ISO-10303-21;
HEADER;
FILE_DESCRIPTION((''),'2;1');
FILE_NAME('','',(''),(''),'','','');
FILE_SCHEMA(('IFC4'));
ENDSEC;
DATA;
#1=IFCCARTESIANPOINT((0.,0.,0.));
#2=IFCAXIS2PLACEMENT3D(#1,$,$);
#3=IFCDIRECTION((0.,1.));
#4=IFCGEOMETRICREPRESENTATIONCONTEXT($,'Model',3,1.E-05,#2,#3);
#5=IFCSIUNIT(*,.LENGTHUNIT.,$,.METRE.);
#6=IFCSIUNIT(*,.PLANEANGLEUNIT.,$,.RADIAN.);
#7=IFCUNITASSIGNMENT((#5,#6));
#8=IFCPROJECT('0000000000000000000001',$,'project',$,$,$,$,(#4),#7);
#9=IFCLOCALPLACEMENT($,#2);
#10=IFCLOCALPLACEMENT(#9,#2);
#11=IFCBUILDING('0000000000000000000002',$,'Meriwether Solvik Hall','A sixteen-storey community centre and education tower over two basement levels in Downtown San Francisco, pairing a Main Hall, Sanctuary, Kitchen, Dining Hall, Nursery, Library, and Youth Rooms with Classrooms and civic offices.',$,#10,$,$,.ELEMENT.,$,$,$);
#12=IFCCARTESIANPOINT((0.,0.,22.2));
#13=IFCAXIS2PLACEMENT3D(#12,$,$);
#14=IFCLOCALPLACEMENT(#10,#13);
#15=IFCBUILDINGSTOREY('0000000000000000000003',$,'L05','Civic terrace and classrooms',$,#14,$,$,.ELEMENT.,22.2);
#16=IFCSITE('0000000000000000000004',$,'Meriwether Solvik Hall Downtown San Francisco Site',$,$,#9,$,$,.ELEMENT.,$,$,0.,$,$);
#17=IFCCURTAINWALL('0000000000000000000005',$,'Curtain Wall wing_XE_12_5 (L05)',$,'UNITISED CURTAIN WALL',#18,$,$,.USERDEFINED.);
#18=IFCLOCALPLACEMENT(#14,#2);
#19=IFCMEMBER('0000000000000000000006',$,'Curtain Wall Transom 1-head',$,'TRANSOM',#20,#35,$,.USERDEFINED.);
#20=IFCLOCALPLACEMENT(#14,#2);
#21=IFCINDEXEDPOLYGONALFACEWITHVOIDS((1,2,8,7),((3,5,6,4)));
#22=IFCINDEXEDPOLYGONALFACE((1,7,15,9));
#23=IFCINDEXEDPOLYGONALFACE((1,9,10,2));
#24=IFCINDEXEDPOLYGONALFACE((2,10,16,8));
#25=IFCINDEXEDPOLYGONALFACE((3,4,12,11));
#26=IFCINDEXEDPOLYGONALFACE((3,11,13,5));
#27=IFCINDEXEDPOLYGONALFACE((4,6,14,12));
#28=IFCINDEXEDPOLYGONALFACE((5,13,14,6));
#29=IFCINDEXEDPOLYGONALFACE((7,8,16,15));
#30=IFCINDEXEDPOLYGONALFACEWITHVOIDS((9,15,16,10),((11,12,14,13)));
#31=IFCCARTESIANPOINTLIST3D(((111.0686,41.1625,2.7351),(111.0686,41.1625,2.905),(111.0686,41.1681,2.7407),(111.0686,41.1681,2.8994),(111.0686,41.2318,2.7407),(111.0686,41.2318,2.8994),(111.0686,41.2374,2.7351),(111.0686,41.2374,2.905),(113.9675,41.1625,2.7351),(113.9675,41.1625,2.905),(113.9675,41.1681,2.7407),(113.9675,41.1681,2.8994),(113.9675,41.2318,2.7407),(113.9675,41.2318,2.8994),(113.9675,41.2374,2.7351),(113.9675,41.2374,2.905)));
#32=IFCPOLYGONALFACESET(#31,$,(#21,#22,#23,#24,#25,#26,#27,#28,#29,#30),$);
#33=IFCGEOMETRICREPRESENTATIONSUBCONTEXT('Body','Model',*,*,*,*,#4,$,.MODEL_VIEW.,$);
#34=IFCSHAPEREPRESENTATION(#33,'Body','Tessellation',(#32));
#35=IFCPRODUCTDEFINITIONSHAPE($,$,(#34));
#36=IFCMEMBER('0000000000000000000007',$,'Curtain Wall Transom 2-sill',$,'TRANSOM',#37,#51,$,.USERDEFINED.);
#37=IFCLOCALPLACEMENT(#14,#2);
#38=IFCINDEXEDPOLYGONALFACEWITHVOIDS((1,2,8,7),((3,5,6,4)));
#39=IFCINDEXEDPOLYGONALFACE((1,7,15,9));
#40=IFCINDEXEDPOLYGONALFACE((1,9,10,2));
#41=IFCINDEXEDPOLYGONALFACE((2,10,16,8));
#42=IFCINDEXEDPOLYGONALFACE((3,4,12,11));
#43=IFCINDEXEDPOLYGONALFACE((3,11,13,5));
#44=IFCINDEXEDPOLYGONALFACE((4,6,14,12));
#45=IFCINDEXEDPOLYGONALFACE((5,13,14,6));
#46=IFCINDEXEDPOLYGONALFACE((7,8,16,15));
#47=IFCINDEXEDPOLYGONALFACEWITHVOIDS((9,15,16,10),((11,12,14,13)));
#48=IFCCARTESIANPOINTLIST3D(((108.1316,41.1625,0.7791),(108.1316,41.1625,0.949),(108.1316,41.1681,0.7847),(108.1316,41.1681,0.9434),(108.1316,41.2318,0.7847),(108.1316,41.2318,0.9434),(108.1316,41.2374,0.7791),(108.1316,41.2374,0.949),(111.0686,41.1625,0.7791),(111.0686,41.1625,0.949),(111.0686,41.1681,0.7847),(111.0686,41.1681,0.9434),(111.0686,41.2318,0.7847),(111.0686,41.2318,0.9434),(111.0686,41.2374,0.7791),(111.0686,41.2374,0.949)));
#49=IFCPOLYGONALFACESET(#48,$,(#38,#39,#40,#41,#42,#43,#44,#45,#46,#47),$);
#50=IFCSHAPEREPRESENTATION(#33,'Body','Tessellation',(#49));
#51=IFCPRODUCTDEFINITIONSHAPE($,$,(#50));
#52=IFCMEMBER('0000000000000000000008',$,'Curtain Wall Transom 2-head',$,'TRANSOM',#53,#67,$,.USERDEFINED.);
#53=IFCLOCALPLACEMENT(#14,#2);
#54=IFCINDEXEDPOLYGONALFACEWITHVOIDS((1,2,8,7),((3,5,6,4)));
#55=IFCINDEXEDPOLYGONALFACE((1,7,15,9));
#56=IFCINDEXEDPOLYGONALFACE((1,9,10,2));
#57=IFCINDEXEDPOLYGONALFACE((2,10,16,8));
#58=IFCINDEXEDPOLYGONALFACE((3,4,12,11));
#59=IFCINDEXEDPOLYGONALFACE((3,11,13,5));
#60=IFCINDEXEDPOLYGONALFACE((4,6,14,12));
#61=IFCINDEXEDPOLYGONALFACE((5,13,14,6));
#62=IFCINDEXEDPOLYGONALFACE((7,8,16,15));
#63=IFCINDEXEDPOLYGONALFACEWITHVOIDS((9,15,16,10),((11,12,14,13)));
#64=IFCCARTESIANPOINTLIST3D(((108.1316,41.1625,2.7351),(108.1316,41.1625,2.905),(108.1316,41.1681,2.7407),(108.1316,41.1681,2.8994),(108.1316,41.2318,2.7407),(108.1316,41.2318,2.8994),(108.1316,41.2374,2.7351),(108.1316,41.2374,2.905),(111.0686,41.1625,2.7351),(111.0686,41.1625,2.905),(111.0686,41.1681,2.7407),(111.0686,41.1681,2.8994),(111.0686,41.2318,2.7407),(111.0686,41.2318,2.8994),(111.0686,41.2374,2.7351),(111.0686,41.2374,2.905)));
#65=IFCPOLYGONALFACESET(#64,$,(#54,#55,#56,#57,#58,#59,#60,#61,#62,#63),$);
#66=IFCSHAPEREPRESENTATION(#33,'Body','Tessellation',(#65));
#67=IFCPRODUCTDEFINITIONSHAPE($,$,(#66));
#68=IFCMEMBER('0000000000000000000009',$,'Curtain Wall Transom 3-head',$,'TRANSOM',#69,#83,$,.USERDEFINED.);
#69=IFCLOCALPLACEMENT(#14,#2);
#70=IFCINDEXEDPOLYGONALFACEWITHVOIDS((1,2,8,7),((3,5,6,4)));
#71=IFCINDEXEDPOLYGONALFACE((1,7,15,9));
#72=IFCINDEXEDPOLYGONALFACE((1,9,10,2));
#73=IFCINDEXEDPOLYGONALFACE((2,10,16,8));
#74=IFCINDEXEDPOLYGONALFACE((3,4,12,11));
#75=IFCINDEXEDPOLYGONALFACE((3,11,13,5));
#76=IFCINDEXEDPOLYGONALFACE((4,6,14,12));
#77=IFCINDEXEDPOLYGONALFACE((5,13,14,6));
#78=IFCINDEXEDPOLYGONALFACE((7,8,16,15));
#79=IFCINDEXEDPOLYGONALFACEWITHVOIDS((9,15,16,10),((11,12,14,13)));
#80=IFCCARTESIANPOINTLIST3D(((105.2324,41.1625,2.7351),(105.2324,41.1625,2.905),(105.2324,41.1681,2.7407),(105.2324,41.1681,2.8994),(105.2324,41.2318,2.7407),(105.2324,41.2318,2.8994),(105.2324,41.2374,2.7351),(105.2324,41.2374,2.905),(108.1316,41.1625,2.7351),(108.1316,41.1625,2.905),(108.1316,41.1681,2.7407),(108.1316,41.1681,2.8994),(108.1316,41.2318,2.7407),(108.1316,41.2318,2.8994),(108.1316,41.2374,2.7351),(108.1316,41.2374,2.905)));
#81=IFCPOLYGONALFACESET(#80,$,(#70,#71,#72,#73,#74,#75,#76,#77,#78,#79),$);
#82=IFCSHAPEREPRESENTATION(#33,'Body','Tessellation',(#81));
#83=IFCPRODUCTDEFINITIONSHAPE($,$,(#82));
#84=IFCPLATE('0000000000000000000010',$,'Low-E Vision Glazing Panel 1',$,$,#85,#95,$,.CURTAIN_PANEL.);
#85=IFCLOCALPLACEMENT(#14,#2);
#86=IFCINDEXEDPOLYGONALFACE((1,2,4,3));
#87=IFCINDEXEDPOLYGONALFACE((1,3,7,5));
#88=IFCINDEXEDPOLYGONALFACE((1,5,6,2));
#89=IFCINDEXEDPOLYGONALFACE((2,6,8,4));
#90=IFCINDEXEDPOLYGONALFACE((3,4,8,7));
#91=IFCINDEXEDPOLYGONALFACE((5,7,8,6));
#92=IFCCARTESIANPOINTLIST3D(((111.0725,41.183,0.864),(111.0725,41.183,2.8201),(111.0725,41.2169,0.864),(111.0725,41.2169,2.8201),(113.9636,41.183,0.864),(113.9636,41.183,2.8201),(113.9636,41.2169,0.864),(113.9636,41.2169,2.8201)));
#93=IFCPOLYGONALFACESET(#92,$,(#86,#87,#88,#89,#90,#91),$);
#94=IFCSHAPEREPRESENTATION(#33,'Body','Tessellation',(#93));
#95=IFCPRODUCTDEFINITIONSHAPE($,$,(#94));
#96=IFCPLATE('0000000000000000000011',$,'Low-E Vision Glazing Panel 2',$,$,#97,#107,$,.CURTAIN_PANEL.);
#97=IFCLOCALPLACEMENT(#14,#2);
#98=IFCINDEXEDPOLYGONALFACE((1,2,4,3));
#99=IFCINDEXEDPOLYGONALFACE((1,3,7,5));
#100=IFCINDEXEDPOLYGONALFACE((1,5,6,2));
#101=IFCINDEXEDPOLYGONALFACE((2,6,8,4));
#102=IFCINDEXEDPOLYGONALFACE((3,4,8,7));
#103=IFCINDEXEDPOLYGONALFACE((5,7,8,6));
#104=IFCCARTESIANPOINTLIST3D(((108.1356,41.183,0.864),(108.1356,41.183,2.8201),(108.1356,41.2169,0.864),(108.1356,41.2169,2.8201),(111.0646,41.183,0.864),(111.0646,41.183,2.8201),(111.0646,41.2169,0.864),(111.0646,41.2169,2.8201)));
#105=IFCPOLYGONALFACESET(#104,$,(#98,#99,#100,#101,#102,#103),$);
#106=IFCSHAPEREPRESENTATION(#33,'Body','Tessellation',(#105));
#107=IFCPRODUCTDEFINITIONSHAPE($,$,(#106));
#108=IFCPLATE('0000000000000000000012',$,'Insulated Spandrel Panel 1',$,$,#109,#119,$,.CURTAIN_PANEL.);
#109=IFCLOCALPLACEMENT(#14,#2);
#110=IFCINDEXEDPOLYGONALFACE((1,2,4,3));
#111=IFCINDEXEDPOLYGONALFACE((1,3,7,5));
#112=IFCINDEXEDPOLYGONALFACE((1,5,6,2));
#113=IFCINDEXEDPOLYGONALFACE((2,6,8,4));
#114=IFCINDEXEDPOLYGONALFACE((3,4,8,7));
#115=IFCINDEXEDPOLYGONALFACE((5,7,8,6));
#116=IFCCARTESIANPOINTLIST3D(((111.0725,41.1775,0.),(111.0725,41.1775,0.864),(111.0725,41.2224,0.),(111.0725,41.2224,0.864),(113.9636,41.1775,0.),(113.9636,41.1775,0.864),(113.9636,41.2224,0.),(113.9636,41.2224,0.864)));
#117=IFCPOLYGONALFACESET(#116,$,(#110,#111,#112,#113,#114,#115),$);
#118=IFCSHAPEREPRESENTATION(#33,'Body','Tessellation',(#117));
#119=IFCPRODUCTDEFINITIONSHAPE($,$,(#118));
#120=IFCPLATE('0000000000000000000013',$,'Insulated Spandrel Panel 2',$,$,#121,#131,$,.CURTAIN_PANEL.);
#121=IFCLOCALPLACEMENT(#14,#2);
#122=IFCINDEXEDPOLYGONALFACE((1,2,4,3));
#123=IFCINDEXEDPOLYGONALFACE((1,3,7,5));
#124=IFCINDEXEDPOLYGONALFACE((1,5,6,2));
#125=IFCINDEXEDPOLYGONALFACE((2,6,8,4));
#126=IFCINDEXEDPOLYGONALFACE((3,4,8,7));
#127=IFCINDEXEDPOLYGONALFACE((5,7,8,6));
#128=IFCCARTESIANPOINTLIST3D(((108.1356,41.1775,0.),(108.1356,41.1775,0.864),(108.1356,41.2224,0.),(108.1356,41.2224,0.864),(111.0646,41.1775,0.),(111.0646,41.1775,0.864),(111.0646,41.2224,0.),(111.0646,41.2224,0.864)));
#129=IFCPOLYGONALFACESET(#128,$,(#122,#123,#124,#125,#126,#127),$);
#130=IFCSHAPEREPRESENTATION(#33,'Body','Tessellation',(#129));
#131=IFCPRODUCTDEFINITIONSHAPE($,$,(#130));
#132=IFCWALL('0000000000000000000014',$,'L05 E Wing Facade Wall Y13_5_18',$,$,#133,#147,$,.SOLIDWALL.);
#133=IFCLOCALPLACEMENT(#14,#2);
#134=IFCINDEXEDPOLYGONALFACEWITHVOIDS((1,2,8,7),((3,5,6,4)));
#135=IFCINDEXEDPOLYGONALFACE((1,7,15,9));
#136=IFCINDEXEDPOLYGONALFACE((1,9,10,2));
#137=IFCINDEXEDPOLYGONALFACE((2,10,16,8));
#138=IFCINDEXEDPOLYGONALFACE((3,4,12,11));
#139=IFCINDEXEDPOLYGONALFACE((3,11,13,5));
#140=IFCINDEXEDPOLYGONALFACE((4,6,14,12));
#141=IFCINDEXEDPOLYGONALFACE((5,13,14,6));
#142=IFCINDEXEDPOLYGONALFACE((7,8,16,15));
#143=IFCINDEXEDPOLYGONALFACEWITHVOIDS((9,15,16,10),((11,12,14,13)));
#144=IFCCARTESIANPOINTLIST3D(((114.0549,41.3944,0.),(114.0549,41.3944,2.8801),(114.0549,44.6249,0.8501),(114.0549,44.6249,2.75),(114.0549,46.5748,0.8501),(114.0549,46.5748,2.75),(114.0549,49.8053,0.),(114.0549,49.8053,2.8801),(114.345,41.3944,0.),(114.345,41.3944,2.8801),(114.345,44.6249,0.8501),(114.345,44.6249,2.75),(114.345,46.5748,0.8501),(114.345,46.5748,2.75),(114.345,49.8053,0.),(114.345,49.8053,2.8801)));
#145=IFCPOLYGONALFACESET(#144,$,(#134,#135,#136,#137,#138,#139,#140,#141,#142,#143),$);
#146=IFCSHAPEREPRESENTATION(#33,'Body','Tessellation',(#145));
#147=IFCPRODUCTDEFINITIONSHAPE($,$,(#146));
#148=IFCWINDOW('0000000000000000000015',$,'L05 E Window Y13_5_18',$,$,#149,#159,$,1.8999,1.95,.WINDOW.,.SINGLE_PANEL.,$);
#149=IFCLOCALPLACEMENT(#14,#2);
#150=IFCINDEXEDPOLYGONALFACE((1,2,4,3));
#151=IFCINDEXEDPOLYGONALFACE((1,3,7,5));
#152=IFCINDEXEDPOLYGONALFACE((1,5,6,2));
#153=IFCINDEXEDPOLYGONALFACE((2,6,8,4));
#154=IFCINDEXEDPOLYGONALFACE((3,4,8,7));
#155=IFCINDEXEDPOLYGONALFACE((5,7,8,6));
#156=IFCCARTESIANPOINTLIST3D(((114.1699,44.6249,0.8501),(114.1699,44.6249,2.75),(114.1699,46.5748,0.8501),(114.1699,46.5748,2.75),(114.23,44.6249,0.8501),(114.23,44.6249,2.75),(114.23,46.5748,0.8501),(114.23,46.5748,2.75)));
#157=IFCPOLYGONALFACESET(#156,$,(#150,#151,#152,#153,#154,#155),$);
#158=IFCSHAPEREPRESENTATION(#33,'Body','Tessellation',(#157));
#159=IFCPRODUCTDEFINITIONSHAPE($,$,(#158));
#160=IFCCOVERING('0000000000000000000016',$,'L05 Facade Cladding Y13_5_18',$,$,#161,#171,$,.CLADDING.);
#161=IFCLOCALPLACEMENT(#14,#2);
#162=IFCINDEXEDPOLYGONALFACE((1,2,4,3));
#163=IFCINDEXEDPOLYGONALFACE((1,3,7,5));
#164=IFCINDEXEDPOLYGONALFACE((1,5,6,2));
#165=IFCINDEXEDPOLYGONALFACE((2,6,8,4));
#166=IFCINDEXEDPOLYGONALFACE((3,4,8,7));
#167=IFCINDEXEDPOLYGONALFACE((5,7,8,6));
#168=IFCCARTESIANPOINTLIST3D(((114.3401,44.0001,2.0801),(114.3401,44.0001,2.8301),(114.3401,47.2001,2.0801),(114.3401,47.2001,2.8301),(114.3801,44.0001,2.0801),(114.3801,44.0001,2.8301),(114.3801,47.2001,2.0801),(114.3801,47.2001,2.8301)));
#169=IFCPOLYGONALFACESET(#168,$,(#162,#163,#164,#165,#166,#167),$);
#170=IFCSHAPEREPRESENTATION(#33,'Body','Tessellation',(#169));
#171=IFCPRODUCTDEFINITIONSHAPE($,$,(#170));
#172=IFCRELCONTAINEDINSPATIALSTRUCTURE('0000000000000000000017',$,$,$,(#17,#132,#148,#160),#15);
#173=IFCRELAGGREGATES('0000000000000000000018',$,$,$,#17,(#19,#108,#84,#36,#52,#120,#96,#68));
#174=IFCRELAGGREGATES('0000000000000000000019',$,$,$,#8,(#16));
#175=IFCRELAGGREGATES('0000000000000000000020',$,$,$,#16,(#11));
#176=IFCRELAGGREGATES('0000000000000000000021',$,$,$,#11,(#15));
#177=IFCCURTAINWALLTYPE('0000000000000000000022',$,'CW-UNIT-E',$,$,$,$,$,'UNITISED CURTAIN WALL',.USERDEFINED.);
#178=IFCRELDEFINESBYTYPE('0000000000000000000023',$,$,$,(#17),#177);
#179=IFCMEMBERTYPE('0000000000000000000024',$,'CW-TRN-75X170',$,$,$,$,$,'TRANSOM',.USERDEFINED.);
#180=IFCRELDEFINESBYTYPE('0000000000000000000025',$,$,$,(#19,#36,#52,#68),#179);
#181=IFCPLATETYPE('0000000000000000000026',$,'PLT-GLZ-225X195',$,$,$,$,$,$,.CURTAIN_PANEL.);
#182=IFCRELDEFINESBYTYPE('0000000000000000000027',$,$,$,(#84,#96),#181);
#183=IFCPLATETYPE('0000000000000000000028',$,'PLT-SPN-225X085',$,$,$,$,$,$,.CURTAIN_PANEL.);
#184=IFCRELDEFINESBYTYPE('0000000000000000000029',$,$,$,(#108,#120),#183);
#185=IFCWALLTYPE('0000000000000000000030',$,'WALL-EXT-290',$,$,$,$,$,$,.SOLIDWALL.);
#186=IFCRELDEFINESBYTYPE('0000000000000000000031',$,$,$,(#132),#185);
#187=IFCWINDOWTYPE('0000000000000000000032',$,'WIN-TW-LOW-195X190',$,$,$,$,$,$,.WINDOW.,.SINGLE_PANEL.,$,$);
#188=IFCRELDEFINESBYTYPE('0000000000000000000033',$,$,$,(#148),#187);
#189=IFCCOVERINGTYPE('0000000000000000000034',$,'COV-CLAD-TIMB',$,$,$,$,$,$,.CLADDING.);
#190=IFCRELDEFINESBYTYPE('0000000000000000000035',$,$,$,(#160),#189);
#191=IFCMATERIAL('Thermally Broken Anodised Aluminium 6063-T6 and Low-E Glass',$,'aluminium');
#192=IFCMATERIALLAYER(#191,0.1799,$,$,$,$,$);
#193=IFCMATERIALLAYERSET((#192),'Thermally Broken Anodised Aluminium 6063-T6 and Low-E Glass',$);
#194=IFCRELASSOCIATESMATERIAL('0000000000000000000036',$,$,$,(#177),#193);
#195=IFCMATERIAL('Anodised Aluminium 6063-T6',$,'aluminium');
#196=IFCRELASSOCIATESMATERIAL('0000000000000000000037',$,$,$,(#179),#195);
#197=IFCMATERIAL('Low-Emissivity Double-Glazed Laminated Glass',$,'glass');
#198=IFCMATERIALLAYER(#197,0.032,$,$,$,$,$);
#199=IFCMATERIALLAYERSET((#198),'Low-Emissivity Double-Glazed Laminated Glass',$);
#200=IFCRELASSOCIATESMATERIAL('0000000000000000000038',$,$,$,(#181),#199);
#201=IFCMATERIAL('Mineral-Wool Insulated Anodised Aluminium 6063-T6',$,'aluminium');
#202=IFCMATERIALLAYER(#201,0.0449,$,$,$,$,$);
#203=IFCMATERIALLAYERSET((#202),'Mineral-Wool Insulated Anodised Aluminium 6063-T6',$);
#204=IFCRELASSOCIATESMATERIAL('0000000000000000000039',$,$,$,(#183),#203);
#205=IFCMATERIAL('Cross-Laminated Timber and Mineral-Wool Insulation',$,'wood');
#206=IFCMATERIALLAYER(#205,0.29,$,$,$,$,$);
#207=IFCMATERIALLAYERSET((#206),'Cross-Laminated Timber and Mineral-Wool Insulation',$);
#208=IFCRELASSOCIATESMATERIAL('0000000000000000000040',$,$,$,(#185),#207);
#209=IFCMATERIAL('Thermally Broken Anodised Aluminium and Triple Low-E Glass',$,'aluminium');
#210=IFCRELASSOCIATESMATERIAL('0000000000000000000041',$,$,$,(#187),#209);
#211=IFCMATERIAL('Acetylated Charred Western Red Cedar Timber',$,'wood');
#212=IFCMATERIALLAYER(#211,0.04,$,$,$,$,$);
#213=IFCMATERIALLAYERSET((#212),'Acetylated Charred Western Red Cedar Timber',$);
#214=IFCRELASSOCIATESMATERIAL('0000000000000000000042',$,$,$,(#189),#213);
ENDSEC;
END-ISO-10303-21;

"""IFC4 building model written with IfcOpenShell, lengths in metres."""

from ifc_helpers import new_model, si_unit, direction, frame, frame_2d, origin, origin_2d, place, context, subcontext, project, spatial, rectangle, hollow_rectangle, extrude, material, layer, layer_set, material_profile, profile_set, type_object, element, fill, aggregate, save


model = new_model("IFC4")

# Units and contexts
model_context = context("Model", 3, precision=1e-05, world=origin(), true_north=direction((0.0, 1.0)))
body_context = subcontext(model_context, "Body", "Model", "MODEL_VIEW")
ifc_project = project(units=[si_unit("LENGTHUNIT", "METRE"), si_unit("PLANEANGLEUNIT", "RADIAN")], contexts=[model_context])

# Site, building, storey
site_placement = place(None, origin())
site = spatial("IfcSite", under=ifc_project, at=site_placement, Name="Meriwether Solvik Hall Downtown San Francisco Site", CompositionType="ELEMENT", RefElevation=0.0)
building_placement = place(site_placement, origin())
building = spatial("IfcBuilding", under=site, at=building_placement, Name="Meriwether Solvik Hall", Description="A sixteen-storey community centre and education tower over two basement levels in Downtown San Francisco, pairing a Main Hall, Sanctuary, Kitchen, Dining Hall, Nursery, Library, and Youth Rooms with Classrooms and civic offices.", CompositionType="ELEMENT")
storey_placement = place(building_placement, frame((0.0, 0.0, 22.2)))
storey = spatial("IfcBuildingStorey", under=building, at=storey_placement, Name="L05", Description="Civic terrace and classrooms", CompositionType="ELEMENT", Elevation=22.2)

# Shared definitions
ifc_material_1 = material(Name="Thermally Broken Anodised Aluminium 6063-T6 and Low-E Glass", Category="aluminium")
ifc_layer_1 = layer(ifc_material_1, 0.1799)
ifc_layer_set_1 = layer_set([ifc_layer_1], Name="Thermally Broken Anodised Aluminium 6063-T6 and Low-E Glass")
curtain_wall_type = type_object("IfcCurtainWallType", Name="CW-UNIT-E", ElementType="UNITISED CURTAIN WALL", PredefinedType="USERDEFINED", material=ifc_layer_set_1)

# Curtain wall, members, plates
curtain_wall_1_placement = place(storey_placement, origin())
curtain_wall_1 = element("IfcCurtainWall", 1, at=curtain_wall_1_placement, inside=storey, type_object=curtain_wall_type, Name="Curtain Wall wing_XE_12_5 (L05)", ObjectType="UNITISED CURTAIN WALL", PredefinedType="USERDEFINED")
ifc_material_2 = material(Name="Anodised Aluminium 6063-T6", Category="aluminium")
ifc_material_profile_1 = material_profile(ifc_material_2, hollow_rectangle(XDim=0.075, YDim=0.1699, WallThickness=0.0056, at=origin_2d()), Name="CWT-75X170")
ifc_profile_set_1 = profile_set([ifc_material_profile_1], Name="Anodised Aluminium 6063-T6")
member_type_1 = type_object("IfcMemberType", Name="CW-TRN-75X170", ElementType="TRANSOM", PredefinedType="USERDEFINED", material=ifc_profile_set_1)
member_1_placement = place(storey_placement, frame((113.9675, 41.2, 2.8201), z_axis=(-1.0, 0.0, 0.0), x_axis=(0.0, -1.0, 0.0)))
member_1 = element("IfcMember", 2, at=member_1_placement, type_object=member_type_1, Name="Curtain Wall Transom 1-head", ObjectType="TRANSOM", PredefinedType="USERDEFINED", context=body_context, shape_type="SweptSolid", body=[
    extrude(hollow_rectangle(XDim=0.075, YDim=0.1699, WallThickness=0.0056, at=origin_2d()), origin(), (0.0, 0.0, 1.0), 2.8989),
])
member_2_placement = place(storey_placement, frame((111.0686, 41.2, 0.864), z_axis=(-1.0, 0.0, 0.0), x_axis=(0.0, -1.0, 0.0)))
member_2 = element("IfcMember", 3, at=member_2_placement, type_object=member_type_1, Name="Curtain Wall Transom 2-sill", ObjectType="TRANSOM", PredefinedType="USERDEFINED", context=body_context, shape_type="SweptSolid", body=[
    extrude(hollow_rectangle(XDim=0.075, YDim=0.1699, WallThickness=0.0056, at=origin_2d()), origin(), (0.0, 0.0, 1.0), 2.937),
])
member_3_placement = place(storey_placement, frame((111.0686, 41.2, 2.8201), z_axis=(-1.0, 0.0, 0.0), x_axis=(0.0, -1.0, 0.0)))
member_3 = element("IfcMember", 4, at=member_3_placement, type_object=member_type_1, Name="Curtain Wall Transom 2-head", ObjectType="TRANSOM", PredefinedType="USERDEFINED", context=body_context, shape_type="SweptSolid", body=[
    extrude(hollow_rectangle(XDim=0.075, YDim=0.1699, WallThickness=0.0056, at=origin_2d()), origin(), (0.0, 0.0, 1.0), 2.937),
])
member_4_placement = place(storey_placement, frame((108.1316, 41.2, 2.8201), z_axis=(-1.0, 0.0, 0.0), x_axis=(0.0, -1.0, 0.0)))
member_4 = element("IfcMember", 5, at=member_4_placement, type_object=member_type_1, Name="Curtain Wall Transom 3-head", ObjectType="TRANSOM", PredefinedType="USERDEFINED", context=body_context, shape_type="SweptSolid", body=[
    extrude(hollow_rectangle(XDim=0.075, YDim=0.1699, WallThickness=0.0056, at=origin_2d()), origin(), (0.0, 0.0, 1.0), 2.8992),
])
ifc_material_3 = material(Name="Low-Emissivity Double-Glazed Laminated Glass", Category="glass")
ifc_layer_2 = layer(ifc_material_3, 0.032)
ifc_layer_set_2 = layer_set([ifc_layer_2], Name="Low-Emissivity Double-Glazed Laminated Glass")
plate_type_1 = type_object("IfcPlateType", Name="PLT-GLZ-225X195", PredefinedType="CURTAIN_PANEL", material=ifc_layer_set_2)
plate_1_placement = place(storey_placement, frame((112.5181, 41.2, 0.864), z_axis=(0.0, 0.0, 1.0), x_axis=(-1.0, 0.0, 0.0)))
plate_1 = element("IfcPlate", 6, at=plate_1_placement, type_object=plate_type_1, Name="Low-E Vision Glazing Panel 1", PredefinedType="CURTAIN_PANEL", context=body_context, shape_type="SweptSolid", body=[
    extrude(rectangle(XDim=2.8911, YDim=0.0339, at=origin_2d()), origin(), (0.0, 0.0, 1.0), 1.9561),
])
plate_2_placement = place(storey_placement, frame((109.6001, 41.2, 0.864), z_axis=(0.0, 0.0, 1.0), x_axis=(-1.0, 0.0, 0.0)))
plate_2 = element("IfcPlate", 7, at=plate_2_placement, type_object=plate_type_1, Name="Low-E Vision Glazing Panel 2", PredefinedType="CURTAIN_PANEL", context=body_context, shape_type="SweptSolid", body=[
    extrude(rectangle(XDim=2.929, YDim=0.0339, at=origin_2d()), origin(), (0.0, 0.0, 1.0), 1.9561),
])
ifc_material_4 = material(Name="Mineral-Wool Insulated Anodised Aluminium 6063-T6", Category="aluminium")
ifc_layer_3 = layer(ifc_material_4, 0.0449)
ifc_layer_set_3 = layer_set([ifc_layer_3], Name="Mineral-Wool Insulated Anodised Aluminium 6063-T6")
plate_type_2 = type_object("IfcPlateType", Name="PLT-SPN-225X085", PredefinedType="CURTAIN_PANEL", material=ifc_layer_set_3)
plate_3_placement = place(storey_placement, frame((112.5181, 41.2, 0.0), z_axis=(0.0, 0.0, 1.0), x_axis=(-1.0, 0.0, 0.0)))
plate_3 = element("IfcPlate", 8, at=plate_3_placement, type_object=plate_type_2, Name="Insulated Spandrel Panel 1", PredefinedType="CURTAIN_PANEL", context=body_context, shape_type="SweptSolid", body=[
    extrude(rectangle(XDim=2.8911, YDim=0.0449, at=origin_2d()), origin(), (0.0, 0.0, 1.0), 0.864),
])
plate_4_placement = place(storey_placement, frame((109.6001, 41.2, 0.0), z_axis=(0.0, 0.0, 1.0), x_axis=(-1.0, 0.0, 0.0)))
plate_4 = element("IfcPlate", 9, at=plate_4_placement, type_object=plate_type_2, Name="Insulated Spandrel Panel 2", PredefinedType="CURTAIN_PANEL", context=body_context, shape_type="SweptSolid", body=[
    extrude(rectangle(XDim=2.929, YDim=0.0449, at=origin_2d()), origin(), (0.0, 0.0, 1.0), 0.864),
])
aggregate(curtain_wall_1, [member_1, plate_3, plate_1, member_2, member_3, plate_4, plate_2, member_4])

# Wall, opening, window
ifc_material_5 = material(Name="Cross-Laminated Timber and Mineral-Wool Insulation", Category="wood")
ifc_layer_4 = layer(ifc_material_5, 0.29)
ifc_layer_set_4 = layer_set([ifc_layer_4], Name="Cross-Laminated Timber and Mineral-Wool Insulation")
wall_type = type_object("IfcWallType", Name="WALL-EXT-290", PredefinedType="SOLIDWALL", material=ifc_layer_set_4)
wall_placement = place(storey_placement, frame((114.2, 49.8054, 0.0), z_axis=(0.0, 0.0, 1.0), x_axis=(0.0, -1.0, 0.0)))
wall = element("IfcWall", 10, at=wall_placement, inside=storey, type_object=wall_type, Name="L05 E Wing Facade Wall Y13_5_18", PredefinedType="SOLIDWALL", context=body_context, shape_type="SweptSolid", body=[
    extrude(rectangle(XDim=8.4109, YDim=0.29, at=frame_2d((4.2056, 0.0))), origin(), (0.0, 0.0, 1.0), 2.8801),
])
opening_placement = place(wall_placement, frame((3.2305, 0.0, 0.8501)))
opening = element("IfcOpeningElement", 11, at=opening_placement, cuts=wall, PredefinedType="OPENING", context=body_context, shape_type="SweptSolid", body=[
    extrude(rectangle(XDim=1.95, YDim=1.8999, at=frame_2d((0.9751, 0.95))), frame((0.0, 0.157, 0.0), z_axis=(0.0, -1.0, 0.0), x_axis=(1.0, 0.0, 0.0)), (0.0, 0.0, 1.0), 0.314),
])
ifc_material_6 = material(Name="Thermally Broken Anodised Aluminium and Triple Low-E Glass", Category="aluminium")
window_type = type_object("IfcWindowType", Name="WIN-TW-LOW-195X190", PartitioningType="SINGLE_PANEL", PredefinedType="WINDOW", material=ifc_material_6)
window_placement = place(opening_placement, origin())
window = element("IfcWindow", 12, at=window_placement, inside=storey, type_object=window_type, Name="L05 E Window Y13_5_18", OverallHeight=1.8999, OverallWidth=1.95, PartitioningType="SINGLE_PANEL", PredefinedType="WINDOW", context=body_context, shape_type="SweptSolid", body=[
    extrude(rectangle(XDim=1.95, YDim=1.8999, at=frame_2d((0.9751, 0.95))), frame((0.0, 0.03, 0.0), z_axis=(0.0, -1.0, 0.0), x_axis=(1.0, 0.0, 0.0)), (0.0, 0.0, 1.0), 0.0601),
])
fill(opening, window)

# Covering
ifc_material_7 = material(Name="Acetylated Charred Western Red Cedar Timber", Category="wood")
ifc_layer_5 = layer(ifc_material_7, 0.04)
ifc_layer_set_5 = layer_set([ifc_layer_5], Name="Acetylated Charred Western Red Cedar Timber")
covering_type = type_object("IfcCoveringType", Name="COV-CLAD-TIMB", PredefinedType="CLADDING", material=ifc_layer_set_5)
covering_placement = place(storey_placement, frame((114.3601, 45.6001, 2.0801), z_axis=(0.0, 0.0, 1.0), x_axis=(0.0, -1.0, 0.0)))
element("IfcCovering", 13, at=covering_placement, inside=storey, type_object=covering_type, Name="L05 Facade Cladding Y13_5_18", PredefinedType="CLADDING", context=body_context, shape_type="SweptSolid", body=[
    extrude(rectangle(XDim=3.2, YDim=0.04, at=origin_2d()), origin(), (0.0, 0.0, 1.0), 0.75),
])

save(model, "model.ifc")
